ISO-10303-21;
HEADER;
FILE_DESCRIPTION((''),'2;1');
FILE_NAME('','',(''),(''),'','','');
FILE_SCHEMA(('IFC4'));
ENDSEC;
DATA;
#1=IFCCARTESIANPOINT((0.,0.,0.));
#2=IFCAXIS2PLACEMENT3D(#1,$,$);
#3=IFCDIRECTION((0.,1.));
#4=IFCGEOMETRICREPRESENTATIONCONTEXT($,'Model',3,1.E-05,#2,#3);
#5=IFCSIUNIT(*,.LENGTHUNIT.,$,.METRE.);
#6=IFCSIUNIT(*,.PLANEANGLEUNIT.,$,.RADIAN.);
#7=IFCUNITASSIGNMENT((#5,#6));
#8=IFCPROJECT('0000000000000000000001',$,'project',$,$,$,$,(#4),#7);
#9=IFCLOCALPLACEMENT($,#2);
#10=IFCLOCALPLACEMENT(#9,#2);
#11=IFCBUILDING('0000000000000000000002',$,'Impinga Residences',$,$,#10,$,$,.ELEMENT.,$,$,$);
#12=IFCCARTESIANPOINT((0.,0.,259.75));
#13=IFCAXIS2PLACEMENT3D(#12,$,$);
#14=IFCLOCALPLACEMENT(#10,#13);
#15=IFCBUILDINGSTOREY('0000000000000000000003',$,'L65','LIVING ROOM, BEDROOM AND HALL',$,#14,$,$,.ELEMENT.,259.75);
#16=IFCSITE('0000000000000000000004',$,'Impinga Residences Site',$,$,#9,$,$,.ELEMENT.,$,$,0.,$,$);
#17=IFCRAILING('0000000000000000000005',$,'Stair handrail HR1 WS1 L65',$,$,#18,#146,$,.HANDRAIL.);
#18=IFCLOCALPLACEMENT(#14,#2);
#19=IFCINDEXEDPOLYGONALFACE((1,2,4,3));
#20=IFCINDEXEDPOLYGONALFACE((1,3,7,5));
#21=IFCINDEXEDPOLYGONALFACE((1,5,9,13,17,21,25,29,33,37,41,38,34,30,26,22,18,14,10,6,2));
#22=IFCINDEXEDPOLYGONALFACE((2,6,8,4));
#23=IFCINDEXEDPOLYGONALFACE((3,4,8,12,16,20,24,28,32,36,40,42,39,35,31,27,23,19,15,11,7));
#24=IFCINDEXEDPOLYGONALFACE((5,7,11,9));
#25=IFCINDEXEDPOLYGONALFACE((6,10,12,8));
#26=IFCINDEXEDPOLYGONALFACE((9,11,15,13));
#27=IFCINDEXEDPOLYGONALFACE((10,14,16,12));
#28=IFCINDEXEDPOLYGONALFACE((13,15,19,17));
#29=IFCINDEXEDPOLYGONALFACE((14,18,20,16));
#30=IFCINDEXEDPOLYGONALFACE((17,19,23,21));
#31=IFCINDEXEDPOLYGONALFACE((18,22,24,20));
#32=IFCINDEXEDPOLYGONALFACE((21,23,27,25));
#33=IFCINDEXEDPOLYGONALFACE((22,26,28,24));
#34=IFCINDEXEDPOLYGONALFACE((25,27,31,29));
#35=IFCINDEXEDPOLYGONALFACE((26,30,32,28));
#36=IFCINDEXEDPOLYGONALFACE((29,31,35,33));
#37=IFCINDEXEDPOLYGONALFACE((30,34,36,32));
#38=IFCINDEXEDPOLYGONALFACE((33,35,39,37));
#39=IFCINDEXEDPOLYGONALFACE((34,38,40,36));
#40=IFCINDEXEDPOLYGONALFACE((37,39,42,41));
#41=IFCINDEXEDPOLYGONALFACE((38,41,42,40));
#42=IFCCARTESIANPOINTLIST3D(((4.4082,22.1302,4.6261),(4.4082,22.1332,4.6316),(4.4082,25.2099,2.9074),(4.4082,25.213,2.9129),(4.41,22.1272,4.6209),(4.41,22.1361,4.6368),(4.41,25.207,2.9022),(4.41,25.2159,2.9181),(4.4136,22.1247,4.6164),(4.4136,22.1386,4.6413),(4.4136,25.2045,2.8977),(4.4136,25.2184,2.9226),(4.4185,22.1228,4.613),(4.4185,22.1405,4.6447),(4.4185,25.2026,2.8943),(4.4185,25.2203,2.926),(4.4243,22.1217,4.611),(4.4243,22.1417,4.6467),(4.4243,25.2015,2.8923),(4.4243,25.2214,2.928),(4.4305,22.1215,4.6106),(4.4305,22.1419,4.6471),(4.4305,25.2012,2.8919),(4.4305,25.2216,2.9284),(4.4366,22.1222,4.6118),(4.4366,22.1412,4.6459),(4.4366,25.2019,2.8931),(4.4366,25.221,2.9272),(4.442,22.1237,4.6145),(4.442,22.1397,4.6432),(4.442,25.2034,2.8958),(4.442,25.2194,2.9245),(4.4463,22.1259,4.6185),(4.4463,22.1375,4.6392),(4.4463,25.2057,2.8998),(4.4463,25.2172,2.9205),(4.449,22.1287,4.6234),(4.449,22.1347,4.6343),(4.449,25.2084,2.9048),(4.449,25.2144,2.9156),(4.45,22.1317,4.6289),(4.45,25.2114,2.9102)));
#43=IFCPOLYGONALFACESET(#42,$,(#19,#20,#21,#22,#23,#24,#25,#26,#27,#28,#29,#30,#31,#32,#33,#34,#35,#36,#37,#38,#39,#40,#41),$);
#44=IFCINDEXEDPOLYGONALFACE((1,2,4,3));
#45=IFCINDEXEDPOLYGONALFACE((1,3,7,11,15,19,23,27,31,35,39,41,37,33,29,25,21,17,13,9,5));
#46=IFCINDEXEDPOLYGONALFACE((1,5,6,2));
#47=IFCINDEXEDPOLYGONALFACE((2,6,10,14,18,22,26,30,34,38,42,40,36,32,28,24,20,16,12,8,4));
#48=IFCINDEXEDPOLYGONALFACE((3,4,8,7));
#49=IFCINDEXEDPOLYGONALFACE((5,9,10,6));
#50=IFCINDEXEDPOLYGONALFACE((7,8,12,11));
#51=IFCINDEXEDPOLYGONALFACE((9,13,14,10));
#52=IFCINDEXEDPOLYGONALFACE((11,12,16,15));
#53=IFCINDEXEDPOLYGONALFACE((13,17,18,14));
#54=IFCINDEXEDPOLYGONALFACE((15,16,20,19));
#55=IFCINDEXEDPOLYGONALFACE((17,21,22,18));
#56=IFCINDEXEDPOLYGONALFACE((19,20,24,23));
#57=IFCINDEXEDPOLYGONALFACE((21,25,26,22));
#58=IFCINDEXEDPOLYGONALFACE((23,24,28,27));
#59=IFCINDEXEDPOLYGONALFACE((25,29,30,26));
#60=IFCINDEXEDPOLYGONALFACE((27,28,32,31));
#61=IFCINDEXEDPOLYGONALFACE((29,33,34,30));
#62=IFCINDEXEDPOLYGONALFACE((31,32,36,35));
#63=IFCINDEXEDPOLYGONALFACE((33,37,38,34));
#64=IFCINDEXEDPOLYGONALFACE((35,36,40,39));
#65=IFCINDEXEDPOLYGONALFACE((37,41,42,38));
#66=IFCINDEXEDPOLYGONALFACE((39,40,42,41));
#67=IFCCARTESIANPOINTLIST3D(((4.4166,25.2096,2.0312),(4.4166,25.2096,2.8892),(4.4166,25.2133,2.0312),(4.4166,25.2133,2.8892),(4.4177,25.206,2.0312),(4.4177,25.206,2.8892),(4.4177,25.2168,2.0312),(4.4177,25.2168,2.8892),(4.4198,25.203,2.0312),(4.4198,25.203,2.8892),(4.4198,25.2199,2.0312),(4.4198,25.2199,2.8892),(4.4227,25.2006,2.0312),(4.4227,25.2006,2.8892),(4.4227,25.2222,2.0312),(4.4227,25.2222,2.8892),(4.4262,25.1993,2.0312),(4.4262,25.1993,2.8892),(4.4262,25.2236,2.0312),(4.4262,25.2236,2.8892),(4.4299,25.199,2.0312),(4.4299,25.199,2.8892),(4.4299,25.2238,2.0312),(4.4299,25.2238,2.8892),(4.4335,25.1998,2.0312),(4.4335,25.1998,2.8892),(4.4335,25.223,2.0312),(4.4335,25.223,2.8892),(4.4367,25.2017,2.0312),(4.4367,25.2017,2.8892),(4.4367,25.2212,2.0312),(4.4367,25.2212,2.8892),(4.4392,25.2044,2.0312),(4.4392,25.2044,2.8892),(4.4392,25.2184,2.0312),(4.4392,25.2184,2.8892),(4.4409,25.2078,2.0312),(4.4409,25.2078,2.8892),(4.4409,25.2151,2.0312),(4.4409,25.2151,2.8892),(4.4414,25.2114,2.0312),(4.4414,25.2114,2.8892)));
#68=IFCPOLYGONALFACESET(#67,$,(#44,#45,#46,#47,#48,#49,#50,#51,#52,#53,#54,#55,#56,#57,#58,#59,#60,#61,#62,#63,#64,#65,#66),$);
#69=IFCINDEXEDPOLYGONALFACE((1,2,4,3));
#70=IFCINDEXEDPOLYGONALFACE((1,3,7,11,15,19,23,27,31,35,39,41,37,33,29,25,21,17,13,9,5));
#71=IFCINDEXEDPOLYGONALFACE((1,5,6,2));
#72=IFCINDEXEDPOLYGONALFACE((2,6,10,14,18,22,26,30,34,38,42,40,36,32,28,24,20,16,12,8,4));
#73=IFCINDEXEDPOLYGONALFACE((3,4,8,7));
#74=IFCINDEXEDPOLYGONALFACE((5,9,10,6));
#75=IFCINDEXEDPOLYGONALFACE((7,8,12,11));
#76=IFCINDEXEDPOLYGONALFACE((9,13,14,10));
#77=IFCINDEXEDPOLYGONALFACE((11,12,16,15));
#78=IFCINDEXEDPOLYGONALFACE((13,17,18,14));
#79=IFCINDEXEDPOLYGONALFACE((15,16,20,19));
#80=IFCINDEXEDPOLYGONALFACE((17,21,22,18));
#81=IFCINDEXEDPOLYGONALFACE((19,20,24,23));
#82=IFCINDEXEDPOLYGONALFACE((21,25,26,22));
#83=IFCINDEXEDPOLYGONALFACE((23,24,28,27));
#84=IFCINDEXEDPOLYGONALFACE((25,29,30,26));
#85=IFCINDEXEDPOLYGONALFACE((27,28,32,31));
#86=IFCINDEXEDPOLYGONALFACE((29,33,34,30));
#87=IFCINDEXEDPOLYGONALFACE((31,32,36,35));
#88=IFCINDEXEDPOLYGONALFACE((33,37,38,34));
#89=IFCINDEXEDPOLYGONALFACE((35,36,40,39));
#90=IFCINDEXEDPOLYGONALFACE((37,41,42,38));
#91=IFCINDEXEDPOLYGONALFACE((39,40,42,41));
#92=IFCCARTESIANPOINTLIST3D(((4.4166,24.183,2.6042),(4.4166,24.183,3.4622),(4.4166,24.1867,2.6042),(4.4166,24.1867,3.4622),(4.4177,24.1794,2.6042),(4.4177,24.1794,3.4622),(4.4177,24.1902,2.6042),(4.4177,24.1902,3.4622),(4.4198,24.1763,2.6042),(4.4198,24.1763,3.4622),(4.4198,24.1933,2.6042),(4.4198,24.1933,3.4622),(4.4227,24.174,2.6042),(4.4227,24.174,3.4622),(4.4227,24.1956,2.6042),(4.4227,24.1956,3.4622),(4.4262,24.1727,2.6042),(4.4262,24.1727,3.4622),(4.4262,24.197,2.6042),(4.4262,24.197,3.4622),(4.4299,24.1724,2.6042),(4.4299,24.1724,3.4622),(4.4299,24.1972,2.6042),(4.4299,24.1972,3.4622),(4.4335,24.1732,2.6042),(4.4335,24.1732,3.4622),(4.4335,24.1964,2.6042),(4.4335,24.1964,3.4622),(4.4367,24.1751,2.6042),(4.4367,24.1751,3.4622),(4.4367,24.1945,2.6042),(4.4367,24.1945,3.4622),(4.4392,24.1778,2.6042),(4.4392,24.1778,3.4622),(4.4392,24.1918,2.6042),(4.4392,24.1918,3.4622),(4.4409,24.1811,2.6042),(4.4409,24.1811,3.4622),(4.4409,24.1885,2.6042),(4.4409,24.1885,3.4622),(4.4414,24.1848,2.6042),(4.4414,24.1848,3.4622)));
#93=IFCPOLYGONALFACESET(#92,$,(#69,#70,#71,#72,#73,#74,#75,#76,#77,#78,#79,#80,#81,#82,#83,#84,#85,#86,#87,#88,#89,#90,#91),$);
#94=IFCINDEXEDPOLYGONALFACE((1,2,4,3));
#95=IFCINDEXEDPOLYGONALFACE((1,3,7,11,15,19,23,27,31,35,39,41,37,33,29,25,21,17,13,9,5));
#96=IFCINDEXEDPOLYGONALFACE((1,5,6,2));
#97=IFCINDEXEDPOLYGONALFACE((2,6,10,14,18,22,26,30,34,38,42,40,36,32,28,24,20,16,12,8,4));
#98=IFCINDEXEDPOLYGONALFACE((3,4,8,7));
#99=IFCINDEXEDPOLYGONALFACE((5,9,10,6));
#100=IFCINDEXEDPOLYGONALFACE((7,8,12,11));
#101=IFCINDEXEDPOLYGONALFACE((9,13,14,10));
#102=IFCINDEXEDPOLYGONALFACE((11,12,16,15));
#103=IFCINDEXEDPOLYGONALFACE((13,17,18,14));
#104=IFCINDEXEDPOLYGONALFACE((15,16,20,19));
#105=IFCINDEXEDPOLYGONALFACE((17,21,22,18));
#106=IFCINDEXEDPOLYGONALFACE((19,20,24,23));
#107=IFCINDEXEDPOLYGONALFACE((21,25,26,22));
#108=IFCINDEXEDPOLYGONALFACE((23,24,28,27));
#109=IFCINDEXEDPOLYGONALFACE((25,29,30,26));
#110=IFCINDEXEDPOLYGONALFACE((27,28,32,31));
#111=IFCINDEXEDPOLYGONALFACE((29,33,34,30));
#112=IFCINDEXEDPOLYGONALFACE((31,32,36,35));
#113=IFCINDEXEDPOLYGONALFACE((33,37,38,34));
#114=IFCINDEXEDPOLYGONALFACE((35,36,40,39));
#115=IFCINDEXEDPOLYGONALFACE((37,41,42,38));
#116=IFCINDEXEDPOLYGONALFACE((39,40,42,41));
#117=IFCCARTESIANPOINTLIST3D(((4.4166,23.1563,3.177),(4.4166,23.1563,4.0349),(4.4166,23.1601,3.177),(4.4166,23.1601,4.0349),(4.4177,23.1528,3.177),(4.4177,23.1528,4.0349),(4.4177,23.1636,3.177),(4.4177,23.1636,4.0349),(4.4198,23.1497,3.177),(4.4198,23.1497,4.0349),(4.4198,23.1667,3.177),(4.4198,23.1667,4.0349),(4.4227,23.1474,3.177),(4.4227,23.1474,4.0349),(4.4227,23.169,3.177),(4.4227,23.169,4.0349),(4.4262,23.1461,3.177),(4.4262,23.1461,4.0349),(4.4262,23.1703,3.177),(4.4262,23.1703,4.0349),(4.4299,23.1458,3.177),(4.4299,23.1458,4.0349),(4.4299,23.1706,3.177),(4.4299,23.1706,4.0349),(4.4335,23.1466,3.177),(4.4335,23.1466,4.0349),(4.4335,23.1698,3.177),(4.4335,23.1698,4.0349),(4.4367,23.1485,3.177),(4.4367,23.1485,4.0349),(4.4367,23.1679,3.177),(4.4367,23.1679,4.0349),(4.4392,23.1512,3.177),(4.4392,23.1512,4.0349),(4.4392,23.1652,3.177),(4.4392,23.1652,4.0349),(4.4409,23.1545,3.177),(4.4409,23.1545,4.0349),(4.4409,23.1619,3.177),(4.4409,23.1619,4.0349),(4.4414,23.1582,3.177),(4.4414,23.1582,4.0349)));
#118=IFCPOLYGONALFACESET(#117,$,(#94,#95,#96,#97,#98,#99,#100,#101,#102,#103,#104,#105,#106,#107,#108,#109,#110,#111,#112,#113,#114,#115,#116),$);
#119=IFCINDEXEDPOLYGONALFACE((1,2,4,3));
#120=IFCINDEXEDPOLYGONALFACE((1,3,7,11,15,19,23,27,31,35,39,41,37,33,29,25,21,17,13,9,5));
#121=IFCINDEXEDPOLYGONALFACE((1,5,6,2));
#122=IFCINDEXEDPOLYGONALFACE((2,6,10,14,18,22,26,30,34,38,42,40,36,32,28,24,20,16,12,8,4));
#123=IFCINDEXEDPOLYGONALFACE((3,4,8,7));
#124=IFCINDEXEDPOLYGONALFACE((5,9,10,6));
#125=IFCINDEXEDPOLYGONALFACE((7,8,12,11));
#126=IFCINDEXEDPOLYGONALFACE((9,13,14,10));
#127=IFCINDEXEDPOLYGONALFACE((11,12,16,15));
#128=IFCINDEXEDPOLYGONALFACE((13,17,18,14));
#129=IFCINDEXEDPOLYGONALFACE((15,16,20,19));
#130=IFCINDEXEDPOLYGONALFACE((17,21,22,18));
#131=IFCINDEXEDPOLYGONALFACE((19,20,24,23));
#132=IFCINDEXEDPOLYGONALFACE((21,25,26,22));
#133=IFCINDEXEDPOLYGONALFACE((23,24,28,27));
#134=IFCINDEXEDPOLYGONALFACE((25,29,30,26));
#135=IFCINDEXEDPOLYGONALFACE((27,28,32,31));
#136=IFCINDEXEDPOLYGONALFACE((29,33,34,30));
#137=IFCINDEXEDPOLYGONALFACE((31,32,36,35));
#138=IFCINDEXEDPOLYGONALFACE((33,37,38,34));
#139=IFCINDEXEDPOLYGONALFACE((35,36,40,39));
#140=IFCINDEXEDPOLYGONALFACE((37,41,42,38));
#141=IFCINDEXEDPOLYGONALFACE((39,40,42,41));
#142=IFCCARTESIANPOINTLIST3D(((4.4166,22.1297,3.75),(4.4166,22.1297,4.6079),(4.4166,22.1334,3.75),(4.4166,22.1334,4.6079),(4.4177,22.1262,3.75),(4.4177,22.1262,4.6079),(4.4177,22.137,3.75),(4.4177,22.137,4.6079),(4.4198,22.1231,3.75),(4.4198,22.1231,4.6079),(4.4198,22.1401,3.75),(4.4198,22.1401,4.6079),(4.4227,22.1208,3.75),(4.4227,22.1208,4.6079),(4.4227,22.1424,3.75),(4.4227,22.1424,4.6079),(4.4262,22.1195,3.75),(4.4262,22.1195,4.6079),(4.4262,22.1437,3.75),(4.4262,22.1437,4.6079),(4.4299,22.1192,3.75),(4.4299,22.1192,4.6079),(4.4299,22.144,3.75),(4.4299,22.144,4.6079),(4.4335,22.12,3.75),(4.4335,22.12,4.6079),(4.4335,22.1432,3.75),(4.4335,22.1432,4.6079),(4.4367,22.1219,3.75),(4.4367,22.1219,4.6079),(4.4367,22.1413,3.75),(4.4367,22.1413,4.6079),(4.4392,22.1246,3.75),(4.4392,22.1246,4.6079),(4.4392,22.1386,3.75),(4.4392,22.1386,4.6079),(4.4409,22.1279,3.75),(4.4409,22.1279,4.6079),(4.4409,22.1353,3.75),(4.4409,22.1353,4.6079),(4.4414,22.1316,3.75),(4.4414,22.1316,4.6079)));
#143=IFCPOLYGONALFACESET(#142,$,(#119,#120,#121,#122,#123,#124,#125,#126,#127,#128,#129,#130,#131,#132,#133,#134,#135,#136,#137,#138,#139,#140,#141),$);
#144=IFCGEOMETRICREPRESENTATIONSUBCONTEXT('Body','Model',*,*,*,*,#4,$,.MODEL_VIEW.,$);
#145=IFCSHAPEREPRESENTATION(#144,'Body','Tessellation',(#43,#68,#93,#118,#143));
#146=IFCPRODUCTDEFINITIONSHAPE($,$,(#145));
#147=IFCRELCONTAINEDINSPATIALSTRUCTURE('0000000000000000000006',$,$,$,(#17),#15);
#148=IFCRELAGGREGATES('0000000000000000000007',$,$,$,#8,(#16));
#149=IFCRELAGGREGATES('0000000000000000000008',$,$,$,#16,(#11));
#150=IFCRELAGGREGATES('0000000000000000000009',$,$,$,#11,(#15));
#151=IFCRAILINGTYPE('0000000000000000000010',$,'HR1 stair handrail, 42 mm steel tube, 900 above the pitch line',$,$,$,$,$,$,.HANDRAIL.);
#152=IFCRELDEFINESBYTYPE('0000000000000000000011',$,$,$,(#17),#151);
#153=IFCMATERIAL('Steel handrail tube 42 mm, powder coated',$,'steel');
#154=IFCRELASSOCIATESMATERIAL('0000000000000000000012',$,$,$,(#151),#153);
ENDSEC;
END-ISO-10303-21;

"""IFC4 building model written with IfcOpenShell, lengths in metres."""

from ifc_helpers import new_model, si_unit, direction, frame, origin, origin_2d, place, context, subcontext, project, spatial, circle, extrude, material, type_object, element, save


model = new_model("IFC4")

# Units and contexts
model_context = context("Model", 3, precision=1e-05, world=origin(), true_north=direction((0.0, 1.0)))
body_context = subcontext(model_context, "Body", "Model", "MODEL_VIEW")
ifc_project = project(units=[si_unit("LENGTHUNIT", "METRE"), si_unit("PLANEANGLEUNIT", "RADIAN")], contexts=[model_context])

# Site, building, storey
site_placement = place(None, origin())
site = spatial("IfcSite", under=ifc_project, at=site_placement, Name="Impinga Residences Site", CompositionType="ELEMENT", RefElevation=0.0)
building_placement = place(site_placement, origin())
building = spatial("IfcBuilding", under=site, at=building_placement, Name="Impinga Residences", CompositionType="ELEMENT")
storey_placement = place(building_placement, frame((0.0, 0.0, 259.75)))
storey = spatial("IfcBuildingStorey", under=building, at=storey_placement, Name="L65", Description="LIVING ROOM, BEDROOM AND HALL", CompositionType="ELEMENT", Elevation=259.75)

# Railing
ifc_material_1 = material(Name="Steel handrail tube 42 mm, powder coated", Category="steel")
railing_type_1 = type_object("IfcRailingType", Name="HR1 stair handrail, 42 mm steel tube, 900 above the pitch line", PredefinedType="HANDRAIL", material=ifc_material_1)
railing_1_placement = place(storey_placement, frame((4.429, 25.2114, 2.0312)))
element("IfcRailing", 1, at=railing_1_placement, inside=storey, type_object=railing_type_1, Name="Stair handrail HR1 WS1 L65", PredefinedType="HANDRAIL", context=body_context, shape_type="SweptSolid", body=[
    extrude(circle(Radius=0.021, at=origin_2d()), frame((0.0, 0.0, 0.8789), z_axis=(0.0, -0.873225, 0.487317), x_axis=(1.0, 0.0, 0.0)), (0.0, 0.0, 1.0), 3.5269),
    extrude(circle(Radius=0.0125, at=origin_2d()), origin(), (0.0, 0.0, 1.0), 0.8579),
    extrude(circle(Radius=0.0125, at=origin_2d()), frame((0.0, -1.0266, 0.573)), (0.0, 0.0, 1.0), 0.8579),
    extrude(circle(Radius=0.0125, at=origin_2d()), frame((0.0, -2.0532, 1.1458)), (0.0, 0.0, 1.0), 0.8579),
    extrude(circle(Radius=0.0125, at=origin_2d()), frame((0.0, -3.0798, 1.7188)), (0.0, 0.0, 1.0), 0.8579),
])

save(model, "model.ifc")
